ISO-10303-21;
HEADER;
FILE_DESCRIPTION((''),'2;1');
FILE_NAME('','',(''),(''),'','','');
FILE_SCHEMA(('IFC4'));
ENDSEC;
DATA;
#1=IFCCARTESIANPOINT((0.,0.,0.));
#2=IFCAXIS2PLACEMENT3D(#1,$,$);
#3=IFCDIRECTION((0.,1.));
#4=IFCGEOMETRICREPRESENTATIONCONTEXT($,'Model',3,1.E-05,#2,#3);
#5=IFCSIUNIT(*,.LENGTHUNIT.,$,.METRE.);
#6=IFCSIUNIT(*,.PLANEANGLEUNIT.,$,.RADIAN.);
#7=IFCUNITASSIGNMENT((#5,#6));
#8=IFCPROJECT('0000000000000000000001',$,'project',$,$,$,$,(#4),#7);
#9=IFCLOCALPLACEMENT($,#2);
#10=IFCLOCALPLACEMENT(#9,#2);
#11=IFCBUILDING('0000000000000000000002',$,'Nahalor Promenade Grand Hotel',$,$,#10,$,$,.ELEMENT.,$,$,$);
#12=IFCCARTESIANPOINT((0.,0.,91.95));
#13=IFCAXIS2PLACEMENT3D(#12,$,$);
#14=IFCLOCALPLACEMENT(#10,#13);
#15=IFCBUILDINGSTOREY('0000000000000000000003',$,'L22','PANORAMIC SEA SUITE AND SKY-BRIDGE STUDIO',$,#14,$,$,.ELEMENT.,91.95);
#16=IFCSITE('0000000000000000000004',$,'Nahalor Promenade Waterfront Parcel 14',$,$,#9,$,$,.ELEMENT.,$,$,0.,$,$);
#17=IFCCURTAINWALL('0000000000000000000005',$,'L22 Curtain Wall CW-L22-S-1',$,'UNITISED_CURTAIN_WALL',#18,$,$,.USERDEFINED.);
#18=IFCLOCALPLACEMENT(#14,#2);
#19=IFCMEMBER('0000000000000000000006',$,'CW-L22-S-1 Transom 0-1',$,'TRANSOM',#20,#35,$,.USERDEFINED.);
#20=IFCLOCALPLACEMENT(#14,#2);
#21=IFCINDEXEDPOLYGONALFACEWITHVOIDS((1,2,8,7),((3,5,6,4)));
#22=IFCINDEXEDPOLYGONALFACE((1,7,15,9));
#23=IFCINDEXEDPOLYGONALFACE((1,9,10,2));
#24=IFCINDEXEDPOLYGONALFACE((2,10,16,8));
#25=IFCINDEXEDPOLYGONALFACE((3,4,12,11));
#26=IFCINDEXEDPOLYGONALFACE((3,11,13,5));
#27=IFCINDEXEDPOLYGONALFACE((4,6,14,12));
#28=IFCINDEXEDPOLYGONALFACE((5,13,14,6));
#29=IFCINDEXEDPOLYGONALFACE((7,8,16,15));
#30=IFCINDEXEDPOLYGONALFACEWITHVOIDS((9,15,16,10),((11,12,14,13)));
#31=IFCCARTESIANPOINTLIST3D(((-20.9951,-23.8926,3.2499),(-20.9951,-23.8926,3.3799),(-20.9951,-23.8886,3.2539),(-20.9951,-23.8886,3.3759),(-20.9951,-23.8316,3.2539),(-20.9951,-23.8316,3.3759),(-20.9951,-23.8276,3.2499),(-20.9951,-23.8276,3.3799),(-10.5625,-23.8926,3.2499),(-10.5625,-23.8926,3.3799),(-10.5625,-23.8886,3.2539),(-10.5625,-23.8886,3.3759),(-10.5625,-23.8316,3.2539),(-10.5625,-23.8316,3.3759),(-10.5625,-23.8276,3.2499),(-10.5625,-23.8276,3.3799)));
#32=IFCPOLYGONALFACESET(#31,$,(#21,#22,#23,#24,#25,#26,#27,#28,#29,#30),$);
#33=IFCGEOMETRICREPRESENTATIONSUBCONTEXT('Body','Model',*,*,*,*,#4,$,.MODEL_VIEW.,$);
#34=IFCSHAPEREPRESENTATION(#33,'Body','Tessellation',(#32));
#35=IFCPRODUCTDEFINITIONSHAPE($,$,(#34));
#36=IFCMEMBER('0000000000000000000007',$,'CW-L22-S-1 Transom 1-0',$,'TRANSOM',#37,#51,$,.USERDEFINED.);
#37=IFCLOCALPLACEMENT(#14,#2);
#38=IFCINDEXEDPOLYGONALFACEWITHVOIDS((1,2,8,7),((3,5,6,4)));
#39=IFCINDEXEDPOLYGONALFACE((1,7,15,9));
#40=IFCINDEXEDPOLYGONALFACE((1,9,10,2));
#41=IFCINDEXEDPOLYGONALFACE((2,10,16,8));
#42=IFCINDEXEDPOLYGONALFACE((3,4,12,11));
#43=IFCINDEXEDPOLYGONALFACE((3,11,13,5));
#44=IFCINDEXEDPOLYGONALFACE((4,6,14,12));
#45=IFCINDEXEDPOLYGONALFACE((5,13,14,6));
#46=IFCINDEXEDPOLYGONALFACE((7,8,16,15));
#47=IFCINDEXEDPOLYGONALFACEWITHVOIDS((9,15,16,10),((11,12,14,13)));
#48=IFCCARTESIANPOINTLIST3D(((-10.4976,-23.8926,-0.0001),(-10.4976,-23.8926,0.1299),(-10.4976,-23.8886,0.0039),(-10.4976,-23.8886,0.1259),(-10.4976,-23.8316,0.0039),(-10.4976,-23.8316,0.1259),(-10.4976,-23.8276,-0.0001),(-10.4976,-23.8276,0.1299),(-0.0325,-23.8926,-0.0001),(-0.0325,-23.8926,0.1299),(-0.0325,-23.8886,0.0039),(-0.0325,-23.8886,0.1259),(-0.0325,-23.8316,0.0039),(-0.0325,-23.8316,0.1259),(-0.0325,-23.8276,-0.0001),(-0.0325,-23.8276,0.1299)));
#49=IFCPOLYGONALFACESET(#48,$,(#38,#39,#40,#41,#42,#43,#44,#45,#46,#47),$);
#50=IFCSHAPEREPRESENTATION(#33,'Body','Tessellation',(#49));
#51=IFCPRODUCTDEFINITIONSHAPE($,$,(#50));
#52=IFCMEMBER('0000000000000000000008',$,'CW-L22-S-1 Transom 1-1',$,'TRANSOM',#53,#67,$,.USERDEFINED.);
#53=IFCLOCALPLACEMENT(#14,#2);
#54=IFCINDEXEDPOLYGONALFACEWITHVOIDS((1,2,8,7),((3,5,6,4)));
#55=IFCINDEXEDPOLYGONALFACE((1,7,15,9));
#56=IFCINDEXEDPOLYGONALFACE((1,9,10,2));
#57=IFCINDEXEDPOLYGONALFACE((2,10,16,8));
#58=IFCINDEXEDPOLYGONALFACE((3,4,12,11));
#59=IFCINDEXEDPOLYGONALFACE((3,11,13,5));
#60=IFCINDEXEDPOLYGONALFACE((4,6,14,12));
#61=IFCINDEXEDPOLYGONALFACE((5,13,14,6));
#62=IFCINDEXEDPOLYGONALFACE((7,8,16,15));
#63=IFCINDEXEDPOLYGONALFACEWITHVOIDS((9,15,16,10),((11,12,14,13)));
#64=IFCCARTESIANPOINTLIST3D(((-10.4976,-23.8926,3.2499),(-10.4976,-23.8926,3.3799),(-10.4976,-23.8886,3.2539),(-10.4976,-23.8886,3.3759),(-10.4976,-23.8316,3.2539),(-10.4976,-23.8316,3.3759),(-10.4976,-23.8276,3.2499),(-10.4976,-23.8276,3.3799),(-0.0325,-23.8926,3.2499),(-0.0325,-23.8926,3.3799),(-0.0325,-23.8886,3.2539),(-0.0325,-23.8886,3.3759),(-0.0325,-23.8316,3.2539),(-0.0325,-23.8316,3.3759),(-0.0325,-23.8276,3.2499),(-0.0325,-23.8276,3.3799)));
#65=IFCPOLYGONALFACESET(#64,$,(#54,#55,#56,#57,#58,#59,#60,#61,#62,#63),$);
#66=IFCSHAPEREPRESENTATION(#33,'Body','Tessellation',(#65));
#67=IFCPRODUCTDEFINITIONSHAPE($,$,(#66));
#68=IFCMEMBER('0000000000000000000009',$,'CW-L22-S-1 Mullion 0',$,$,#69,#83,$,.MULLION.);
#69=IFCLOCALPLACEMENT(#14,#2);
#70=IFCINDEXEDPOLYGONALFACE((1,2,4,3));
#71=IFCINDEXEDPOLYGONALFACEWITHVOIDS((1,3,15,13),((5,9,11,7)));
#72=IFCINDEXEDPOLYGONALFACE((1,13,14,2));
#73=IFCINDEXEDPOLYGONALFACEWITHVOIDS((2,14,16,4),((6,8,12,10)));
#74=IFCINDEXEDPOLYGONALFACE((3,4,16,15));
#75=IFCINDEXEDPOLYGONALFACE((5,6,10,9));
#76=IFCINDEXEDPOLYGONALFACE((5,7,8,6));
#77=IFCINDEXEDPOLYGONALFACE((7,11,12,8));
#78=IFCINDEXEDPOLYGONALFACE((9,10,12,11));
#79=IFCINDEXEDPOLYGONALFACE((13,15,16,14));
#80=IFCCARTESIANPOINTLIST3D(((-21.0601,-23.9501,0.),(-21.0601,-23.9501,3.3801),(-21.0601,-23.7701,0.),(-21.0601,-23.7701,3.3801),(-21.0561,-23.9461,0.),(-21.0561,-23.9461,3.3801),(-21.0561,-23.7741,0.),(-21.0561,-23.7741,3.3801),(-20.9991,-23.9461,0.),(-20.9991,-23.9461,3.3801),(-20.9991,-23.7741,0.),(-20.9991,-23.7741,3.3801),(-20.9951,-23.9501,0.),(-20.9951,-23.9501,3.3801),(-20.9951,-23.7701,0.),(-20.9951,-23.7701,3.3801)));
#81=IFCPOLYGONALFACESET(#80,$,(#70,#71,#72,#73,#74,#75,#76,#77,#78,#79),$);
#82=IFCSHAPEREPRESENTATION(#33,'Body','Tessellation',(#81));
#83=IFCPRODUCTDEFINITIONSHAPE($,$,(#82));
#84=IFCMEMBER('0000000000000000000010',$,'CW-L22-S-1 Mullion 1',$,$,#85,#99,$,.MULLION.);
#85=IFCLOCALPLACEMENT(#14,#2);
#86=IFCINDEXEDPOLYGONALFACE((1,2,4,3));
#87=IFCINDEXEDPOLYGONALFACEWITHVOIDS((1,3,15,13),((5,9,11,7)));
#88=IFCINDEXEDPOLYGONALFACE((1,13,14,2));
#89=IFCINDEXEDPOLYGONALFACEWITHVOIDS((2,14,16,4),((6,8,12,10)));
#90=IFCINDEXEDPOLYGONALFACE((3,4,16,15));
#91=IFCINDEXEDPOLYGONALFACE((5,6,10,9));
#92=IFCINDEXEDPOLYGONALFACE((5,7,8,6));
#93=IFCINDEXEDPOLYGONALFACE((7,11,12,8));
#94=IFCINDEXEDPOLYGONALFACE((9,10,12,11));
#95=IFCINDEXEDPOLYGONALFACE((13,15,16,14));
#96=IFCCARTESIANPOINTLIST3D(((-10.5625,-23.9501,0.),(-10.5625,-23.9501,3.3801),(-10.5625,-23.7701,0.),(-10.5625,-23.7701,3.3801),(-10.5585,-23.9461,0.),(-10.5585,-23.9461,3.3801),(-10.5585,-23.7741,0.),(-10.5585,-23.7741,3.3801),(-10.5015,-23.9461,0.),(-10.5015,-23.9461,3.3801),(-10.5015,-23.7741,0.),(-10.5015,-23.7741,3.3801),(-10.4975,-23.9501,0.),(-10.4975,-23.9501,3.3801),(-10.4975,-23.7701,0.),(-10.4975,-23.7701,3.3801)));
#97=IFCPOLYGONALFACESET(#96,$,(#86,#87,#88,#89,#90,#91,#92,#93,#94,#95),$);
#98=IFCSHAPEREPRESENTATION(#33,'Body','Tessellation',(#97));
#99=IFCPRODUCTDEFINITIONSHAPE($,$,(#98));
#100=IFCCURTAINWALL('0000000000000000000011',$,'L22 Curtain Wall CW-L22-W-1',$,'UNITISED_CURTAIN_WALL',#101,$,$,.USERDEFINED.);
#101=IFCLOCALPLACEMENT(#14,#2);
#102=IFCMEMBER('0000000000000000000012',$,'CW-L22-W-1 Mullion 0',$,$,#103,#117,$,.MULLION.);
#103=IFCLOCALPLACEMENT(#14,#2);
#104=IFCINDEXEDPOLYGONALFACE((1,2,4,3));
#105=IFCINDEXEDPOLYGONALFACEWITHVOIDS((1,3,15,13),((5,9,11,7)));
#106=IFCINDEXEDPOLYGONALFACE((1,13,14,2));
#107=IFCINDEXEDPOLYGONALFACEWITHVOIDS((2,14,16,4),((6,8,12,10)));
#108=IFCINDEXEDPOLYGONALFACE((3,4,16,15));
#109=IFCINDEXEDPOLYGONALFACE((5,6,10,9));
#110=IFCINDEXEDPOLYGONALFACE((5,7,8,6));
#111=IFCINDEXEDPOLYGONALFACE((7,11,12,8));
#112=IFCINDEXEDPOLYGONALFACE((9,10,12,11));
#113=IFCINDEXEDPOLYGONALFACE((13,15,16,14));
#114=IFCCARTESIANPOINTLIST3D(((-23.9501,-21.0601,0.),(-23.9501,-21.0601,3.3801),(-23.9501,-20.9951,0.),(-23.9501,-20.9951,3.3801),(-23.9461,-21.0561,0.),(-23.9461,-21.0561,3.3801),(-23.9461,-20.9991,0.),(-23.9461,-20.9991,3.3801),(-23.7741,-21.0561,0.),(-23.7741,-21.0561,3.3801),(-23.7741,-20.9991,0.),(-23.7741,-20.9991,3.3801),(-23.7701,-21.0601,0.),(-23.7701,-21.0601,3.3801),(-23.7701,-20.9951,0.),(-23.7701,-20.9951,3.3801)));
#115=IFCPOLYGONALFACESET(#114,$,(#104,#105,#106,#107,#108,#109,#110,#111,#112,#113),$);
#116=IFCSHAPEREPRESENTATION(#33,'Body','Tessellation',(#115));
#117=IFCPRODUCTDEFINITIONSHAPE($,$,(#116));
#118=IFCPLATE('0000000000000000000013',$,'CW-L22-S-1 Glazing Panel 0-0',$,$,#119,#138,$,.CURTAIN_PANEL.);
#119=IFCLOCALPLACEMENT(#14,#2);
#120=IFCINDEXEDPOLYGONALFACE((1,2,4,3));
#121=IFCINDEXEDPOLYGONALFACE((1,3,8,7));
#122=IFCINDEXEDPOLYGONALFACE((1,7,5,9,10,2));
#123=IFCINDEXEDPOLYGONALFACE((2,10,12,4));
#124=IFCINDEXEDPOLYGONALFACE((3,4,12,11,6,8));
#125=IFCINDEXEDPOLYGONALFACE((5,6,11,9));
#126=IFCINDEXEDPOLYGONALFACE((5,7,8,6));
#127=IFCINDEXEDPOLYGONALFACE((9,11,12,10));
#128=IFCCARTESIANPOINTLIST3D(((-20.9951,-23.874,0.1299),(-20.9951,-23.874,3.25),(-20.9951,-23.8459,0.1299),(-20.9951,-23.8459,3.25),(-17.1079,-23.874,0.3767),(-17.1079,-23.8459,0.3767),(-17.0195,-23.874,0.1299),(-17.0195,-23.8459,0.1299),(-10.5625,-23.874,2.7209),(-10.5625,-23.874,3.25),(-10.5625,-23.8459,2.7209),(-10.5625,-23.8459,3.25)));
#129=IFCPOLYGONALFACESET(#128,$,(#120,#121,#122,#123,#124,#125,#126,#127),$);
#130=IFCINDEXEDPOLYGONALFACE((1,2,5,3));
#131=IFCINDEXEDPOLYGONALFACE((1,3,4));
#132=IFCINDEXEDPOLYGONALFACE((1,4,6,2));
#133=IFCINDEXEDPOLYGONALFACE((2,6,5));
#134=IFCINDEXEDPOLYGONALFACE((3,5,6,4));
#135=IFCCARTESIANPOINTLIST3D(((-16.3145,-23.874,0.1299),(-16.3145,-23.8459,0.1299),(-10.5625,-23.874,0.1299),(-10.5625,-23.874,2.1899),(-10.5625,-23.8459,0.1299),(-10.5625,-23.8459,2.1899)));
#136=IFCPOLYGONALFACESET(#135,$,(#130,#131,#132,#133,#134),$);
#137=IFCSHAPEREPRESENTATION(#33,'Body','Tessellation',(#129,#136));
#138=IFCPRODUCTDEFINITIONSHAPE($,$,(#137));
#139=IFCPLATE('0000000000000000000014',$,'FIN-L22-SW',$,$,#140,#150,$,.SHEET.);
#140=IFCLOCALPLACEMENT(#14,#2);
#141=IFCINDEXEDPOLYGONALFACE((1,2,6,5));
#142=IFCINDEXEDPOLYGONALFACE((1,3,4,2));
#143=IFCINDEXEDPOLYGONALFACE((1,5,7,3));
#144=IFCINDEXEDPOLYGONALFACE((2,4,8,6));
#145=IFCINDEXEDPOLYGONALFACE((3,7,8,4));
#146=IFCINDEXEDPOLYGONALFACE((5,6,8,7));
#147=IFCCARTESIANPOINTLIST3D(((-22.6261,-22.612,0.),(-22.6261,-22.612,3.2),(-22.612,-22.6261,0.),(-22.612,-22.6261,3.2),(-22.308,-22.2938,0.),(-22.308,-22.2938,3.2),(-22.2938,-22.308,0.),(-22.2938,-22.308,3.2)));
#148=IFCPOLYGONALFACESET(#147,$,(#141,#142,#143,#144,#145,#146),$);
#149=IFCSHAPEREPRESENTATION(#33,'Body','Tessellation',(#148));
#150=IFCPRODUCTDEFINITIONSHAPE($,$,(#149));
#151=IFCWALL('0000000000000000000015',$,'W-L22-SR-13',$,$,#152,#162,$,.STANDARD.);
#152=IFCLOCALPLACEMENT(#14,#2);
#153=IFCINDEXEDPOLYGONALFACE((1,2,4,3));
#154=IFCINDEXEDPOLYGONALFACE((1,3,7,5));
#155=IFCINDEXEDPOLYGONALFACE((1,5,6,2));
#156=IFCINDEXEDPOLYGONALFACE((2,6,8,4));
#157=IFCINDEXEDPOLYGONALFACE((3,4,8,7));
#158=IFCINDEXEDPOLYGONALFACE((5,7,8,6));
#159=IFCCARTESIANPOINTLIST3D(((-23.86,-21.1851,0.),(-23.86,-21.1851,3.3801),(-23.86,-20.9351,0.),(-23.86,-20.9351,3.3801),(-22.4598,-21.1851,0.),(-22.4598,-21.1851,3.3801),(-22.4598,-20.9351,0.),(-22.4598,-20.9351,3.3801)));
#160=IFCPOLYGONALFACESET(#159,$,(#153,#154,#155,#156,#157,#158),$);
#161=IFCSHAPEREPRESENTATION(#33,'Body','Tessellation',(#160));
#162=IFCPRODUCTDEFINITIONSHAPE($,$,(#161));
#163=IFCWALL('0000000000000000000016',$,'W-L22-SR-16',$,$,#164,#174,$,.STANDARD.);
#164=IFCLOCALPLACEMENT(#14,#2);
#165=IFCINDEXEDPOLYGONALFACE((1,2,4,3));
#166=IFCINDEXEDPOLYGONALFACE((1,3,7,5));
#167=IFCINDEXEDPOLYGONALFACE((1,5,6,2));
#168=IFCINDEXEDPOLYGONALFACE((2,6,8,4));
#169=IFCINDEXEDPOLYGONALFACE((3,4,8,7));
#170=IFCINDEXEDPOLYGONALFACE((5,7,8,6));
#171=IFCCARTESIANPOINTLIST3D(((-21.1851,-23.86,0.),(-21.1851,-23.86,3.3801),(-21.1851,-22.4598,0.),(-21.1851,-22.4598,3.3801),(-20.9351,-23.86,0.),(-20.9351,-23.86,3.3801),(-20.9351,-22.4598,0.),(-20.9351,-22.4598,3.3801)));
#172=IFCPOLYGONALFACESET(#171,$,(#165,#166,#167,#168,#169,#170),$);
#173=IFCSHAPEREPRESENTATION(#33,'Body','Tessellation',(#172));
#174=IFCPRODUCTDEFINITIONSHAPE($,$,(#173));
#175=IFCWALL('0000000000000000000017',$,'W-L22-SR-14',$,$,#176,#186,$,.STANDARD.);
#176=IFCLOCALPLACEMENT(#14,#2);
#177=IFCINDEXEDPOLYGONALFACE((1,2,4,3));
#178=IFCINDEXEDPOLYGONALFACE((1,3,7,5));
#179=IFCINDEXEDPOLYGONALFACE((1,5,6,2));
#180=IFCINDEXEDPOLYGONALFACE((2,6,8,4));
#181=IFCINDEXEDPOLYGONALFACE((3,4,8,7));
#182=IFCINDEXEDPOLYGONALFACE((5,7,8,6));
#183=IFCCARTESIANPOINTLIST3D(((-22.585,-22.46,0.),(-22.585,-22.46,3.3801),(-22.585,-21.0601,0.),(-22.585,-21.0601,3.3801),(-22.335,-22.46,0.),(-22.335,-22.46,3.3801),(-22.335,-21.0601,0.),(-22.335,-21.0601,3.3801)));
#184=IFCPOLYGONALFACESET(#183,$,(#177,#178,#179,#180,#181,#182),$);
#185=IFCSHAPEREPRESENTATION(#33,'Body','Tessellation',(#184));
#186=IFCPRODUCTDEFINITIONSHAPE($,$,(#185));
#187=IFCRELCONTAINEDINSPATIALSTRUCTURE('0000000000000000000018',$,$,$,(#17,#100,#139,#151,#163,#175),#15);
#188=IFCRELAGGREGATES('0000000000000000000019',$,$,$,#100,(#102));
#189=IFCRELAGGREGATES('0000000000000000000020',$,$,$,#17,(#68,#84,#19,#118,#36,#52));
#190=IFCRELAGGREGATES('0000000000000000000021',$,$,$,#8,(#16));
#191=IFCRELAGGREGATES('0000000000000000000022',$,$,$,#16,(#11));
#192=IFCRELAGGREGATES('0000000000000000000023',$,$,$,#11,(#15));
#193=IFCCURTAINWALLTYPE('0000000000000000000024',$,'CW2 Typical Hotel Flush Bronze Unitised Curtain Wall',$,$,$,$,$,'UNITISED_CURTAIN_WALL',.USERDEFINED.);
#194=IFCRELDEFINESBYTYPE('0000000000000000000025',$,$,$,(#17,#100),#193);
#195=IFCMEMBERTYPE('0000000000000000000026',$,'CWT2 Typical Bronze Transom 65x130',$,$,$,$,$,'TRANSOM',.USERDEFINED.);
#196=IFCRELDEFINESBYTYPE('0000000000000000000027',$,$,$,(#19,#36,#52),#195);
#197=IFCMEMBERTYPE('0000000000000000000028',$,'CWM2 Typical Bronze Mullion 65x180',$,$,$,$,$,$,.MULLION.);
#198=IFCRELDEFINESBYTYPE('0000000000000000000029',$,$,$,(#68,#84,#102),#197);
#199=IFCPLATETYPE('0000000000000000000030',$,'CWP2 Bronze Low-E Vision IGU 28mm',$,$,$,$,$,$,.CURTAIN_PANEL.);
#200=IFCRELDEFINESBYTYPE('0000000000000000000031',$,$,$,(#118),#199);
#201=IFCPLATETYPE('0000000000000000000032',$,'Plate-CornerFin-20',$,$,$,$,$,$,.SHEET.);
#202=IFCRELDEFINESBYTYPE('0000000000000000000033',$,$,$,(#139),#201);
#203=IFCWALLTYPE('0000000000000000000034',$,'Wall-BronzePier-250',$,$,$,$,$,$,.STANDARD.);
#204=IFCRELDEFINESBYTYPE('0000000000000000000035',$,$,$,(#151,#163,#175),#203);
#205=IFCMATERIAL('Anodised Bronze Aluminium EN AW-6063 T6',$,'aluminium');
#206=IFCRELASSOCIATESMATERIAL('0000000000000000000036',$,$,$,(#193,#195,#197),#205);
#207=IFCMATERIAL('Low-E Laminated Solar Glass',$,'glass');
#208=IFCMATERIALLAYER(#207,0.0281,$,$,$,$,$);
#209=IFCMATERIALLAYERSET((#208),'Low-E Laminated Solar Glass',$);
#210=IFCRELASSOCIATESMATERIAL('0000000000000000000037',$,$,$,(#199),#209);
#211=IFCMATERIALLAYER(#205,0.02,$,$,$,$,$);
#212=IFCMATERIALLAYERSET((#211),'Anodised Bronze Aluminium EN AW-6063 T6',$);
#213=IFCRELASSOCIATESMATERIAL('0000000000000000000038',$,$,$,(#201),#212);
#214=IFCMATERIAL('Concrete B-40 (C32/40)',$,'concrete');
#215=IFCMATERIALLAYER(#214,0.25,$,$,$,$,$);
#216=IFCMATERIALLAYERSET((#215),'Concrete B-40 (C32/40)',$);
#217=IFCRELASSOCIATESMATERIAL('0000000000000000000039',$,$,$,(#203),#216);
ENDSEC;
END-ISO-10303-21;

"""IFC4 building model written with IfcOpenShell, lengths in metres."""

from ifc_helpers import new_model, si_unit, direction, frame, frame_2d, origin, origin_2d, place, context, subcontext, project, spatial, polyline, rectangle, hollow_rectangle, outline, extrude, source, transform, mapped, material, layer, layer_set, material_profile, profile_set, type_object, element, aggregate, save


model = new_model("IFC4")

# Units and contexts
model_context = context("Model", 3, precision=1e-05, world=origin(), true_north=direction((0.0, 1.0)))
body_context = subcontext(model_context, "Body", "Model", "MODEL_VIEW")
ifc_project = project(units=[si_unit("LENGTHUNIT", "METRE"), si_unit("PLANEANGLEUNIT", "RADIAN")], contexts=[model_context])

# Site, building, storey
site_placement = place(None, origin())
site = spatial("IfcSite", under=ifc_project, at=site_placement, Name="Nahalor Promenade Waterfront Parcel 14", CompositionType="ELEMENT", RefElevation=0.0)
building_placement = place(site_placement, origin())
building = spatial("IfcBuilding", under=site, at=building_placement, Name="Nahalor Promenade Grand Hotel", CompositionType="ELEMENT")
storey_placement = place(building_placement, frame((0.0, 0.0, 91.95)))
storey = spatial("IfcBuildingStorey", under=building, at=storey_placement, Name="L22", Description="PANORAMIC SEA SUITE AND SKY-BRIDGE STUDIO", CompositionType="ELEMENT", Elevation=91.95)

# Curtain wall, members
ifc_material_1 = material(Name="Anodised Bronze Aluminium EN AW-6063 T6", Category="aluminium")
curtain_wall_type = type_object("IfcCurtainWallType", Name="CW2 Typical Hotel Flush Bronze Unitised Curtain Wall", ElementType="UNITISED_CURTAIN_WALL", PredefinedType="USERDEFINED", material=ifc_material_1)
curtain_wall_1_placement = place(storey_placement, origin())
curtain_wall_1 = element("IfcCurtainWall", 1, at=curtain_wall_1_placement, inside=storey, type_object=curtain_wall_type, Name="L22 Curtain Wall CW-L22-S-1", ObjectType="UNITISED_CURTAIN_WALL", PredefinedType="USERDEFINED")
ifc_material_profile_1 = material_profile(ifc_material_1, hollow_rectangle(XDim=0.065, YDim=0.13, WallThickness=0.004, at=origin_2d()), Name="CWT 65x130x4")
ifc_profile_set_1 = profile_set([ifc_material_profile_1], Name="Anodised Bronze Aluminium EN AW-6063 T6")
member_type_1 = type_object("IfcMemberType", Name="CWT2 Typical Bronze Transom 65x130", ElementType="TRANSOM", PredefinedType="USERDEFINED", material=ifc_profile_set_1)
shared_shape_1 = source(origin(), body_context, "Body", "SweptSolid", [
    extrude(hollow_rectangle(XDim=0.065, YDim=0.13, WallThickness=0.004, at=origin_2d()), origin(), (0.0, 0.0, 1.0), 10.4326),
])
member_1_placement = place(storey_placement, frame((-20.9951, -23.8601, 3.3149), z_axis=(1.0, 0.0, 0.0), x_axis=(0.0, 1.0, 0.0)))
member_1 = element("IfcMember", 2, at=member_1_placement, type_object=member_type_1, Name="CW-L22-S-1 Transom 0-1", ObjectType="TRANSOM", PredefinedType="USERDEFINED", context=body_context, shape_type="MappedRepresentation", body=[
    mapped(shared_shape_1, transform((0.0, 0.0, 0.0), scale=1.0)),
])
shared_shape_2 = source(origin(), body_context, "Body", "SweptSolid", [
    extrude(hollow_rectangle(XDim=0.065, YDim=0.13, WallThickness=0.004, at=origin_2d()), origin(), (0.0, 0.0, 1.0), 10.4651),
])
member_2_placement = place(storey_placement, frame((-10.4976, -23.8601, 0.0649), z_axis=(1.0, 0.0, 0.0), x_axis=(0.0, 1.0, 0.0)))
member_2 = element("IfcMember", 3, at=member_2_placement, type_object=member_type_1, Name="CW-L22-S-1 Transom 1-0", ObjectType="TRANSOM", PredefinedType="USERDEFINED", context=body_context, shape_type="MappedRepresentation", body=[
    mapped(shared_shape_2, transform((0.0, 0.0, 0.0), scale=1.0)),
])
member_3_placement = place(storey_placement, frame((-10.4976, -23.8601, 3.3149), z_axis=(1.0, 0.0, 0.0), x_axis=(0.0, 1.0, 0.0)))
member_3 = element("IfcMember", 4, at=member_3_placement, type_object=member_type_1, Name="CW-L22-S-1 Transom 1-1", ObjectType="TRANSOM", PredefinedType="USERDEFINED", context=body_context, shape_type="MappedRepresentation", body=[
    mapped(shared_shape_2, transform((0.0, 0.0, 0.0), scale=1.0)),
])
ifc_material_profile_2 = material_profile(ifc_material_1, hollow_rectangle(XDim=0.065, YDim=0.18, WallThickness=0.004, at=origin_2d()), Name="CWM 65x180x4")
ifc_profile_set_2 = profile_set([ifc_material_profile_2], Name="Anodised Bronze Aluminium EN AW-6063 T6")
member_type_2 = type_object("IfcMemberType", Name="CWM2 Typical Bronze Mullion 65x180", PredefinedType="MULLION", material=ifc_profile_set_2)
shared_shape_3 = source(origin(), body_context, "Body", "SweptSolid", [
    extrude(hollow_rectangle(XDim=0.065, YDim=0.18, WallThickness=0.004, at=origin_2d()), origin(), (0.0, 0.0, 1.0), 3.3801),
])
member_4_placement = place(storey_placement, frame((-21.0276, -23.8601, 0.0), z_axis=(0.0, 0.0, 1.0), x_axis=(1.0, 0.0, 0.0)))
member_4 = element("IfcMember", 5, at=member_4_placement, type_object=member_type_2, Name="CW-L22-S-1 Mullion 0", PredefinedType="MULLION", context=body_context, shape_type="MappedRepresentation", body=[
    mapped(shared_shape_3, transform((0.0, 0.0, 0.0), scale=1.0)),
])
member_5_placement = place(storey_placement, frame((-10.53, -23.8601, 0.0), z_axis=(0.0, 0.0, 1.0), x_axis=(1.0, 0.0, 0.0)))
member_5 = element("IfcMember", 6, at=member_5_placement, type_object=member_type_2, Name="CW-L22-S-1 Mullion 1", PredefinedType="MULLION", context=body_context, shape_type="MappedRepresentation", body=[
    mapped(shared_shape_3, transform((0.0, 0.0, 0.0), scale=1.0)),
])

# Curtain wall, member
curtain_wall_2_placement = place(storey_placement, origin())
curtain_wall_2 = element("IfcCurtainWall", 7, at=curtain_wall_2_placement, inside=storey, type_object=curtain_wall_type, Name="L22 Curtain Wall CW-L22-W-1", ObjectType="UNITISED_CURTAIN_WALL", PredefinedType="USERDEFINED")
member_6_placement = place(storey_placement, frame((-23.8601, -21.0276, 0.0), z_axis=(0.0, 0.0, 1.0), x_axis=(0.0, 1.0, 0.0)))
member_6 = element("IfcMember", 8, at=member_6_placement, type_object=member_type_2, Name="CW-L22-W-1 Mullion 0", PredefinedType="MULLION", context=body_context, shape_type="MappedRepresentation", body=[
    mapped(shared_shape_3, transform((0.0, 0.0, 0.0), scale=1.0)),
])
aggregate(curtain_wall_2, [member_6])

# Plates
ifc_material_2 = material(Name="Low-E Laminated Solar Glass", Category="glass")
ifc_layer_1 = layer(ifc_material_2, 0.0281)
ifc_layer_set_1 = layer_set([ifc_layer_1], Name="Low-E Laminated Solar Glass")
plate_type_1 = type_object("IfcPlateType", Name="CWP2 Bronze Low-E Vision IGU 28mm", PredefinedType="CURTAIN_PANEL", material=ifc_layer_set_1)
plate_1_placement = place(storey_placement, frame((-15.7788, -23.8601, 0.1299), z_axis=(0.0, 0.0, 1.0), x_axis=(1.0, 0.0, 0.0)))
plate_1 = element("IfcPlate", 9, at=plate_1_placement, type_object=plate_type_1, Name="CW-L22-S-1 Glazing Panel 0-0", PredefinedType="CURTAIN_PANEL", context=body_context, shape_type="SweptSolid", body=[
    extrude(outline(polyline([(-5.2163, 3.1201), (-5.2163, 0.0), (-1.2407, 0.0), (-1.3291, 0.2468), (5.2163, 2.5911), (5.2163, 3.1201), (-5.2163, 3.1201)])), frame((0.0, 0.0142, 0.0), z_axis=(0.0, -1.0, 0.0), x_axis=(1.0, 0.0, 0.0)), (0.0, 0.0, 1.0), 0.0281),
    extrude(outline(polyline([(-0.5356, 0.0), (5.2163, 0.0), (5.2163, 2.0601), (-0.5356, 0.0)])), frame((0.0, 0.0142, 0.0), z_axis=(0.0, -1.0, 0.0), x_axis=(1.0, 0.0, 0.0)), (0.0, 0.0, 1.0), 0.0281),
])
aggregate(curtain_wall_1, [member_4, member_5, member_1, plate_1, member_2, member_3])
ifc_layer_2 = layer(ifc_material_1, 0.02)
ifc_layer_set_2 = layer_set([ifc_layer_2], Name="Anodised Bronze Aluminium EN AW-6063 T6")
plate_type_2 = type_object("IfcPlateType", Name="Plate-CornerFin-20", PredefinedType="SHEET", material=ifc_layer_set_2)
shared_shape_4 = source(origin(), body_context, "Body", "SweptSolid", [
    extrude(rectangle(XDim=0.45, YDim=0.02, at=origin_2d()), origin(), (0.0, 0.0, 1.0), 3.2),
])
plate_2_placement = place(storey_placement, frame((-22.46, -22.46, 0.0), z_axis=(0.0, 0.0, 1.0), x_axis=(0.707107, 0.707107, 0.0)))
element("IfcPlate", 10, at=plate_2_placement, inside=storey, type_object=plate_type_2, Name="FIN-L22-SW", PredefinedType="SHEET", context=body_context, shape_type="MappedRepresentation", body=[
    mapped(shared_shape_4, transform((0.0, 0.0, 0.0), scale=1.0)),
])

# Walls
ifc_material_3 = material(Name="Concrete B-40 (C32/40)", Category="concrete")
ifc_layer_3 = layer(ifc_material_3, 0.25)
ifc_layer_set_3 = layer_set([ifc_layer_3], Name="Concrete B-40 (C32/40)")
wall_type_1 = type_object("IfcWallType", Name="Wall-BronzePier-250", PredefinedType="STANDARD", material=ifc_layer_set_3)
shared_shape_5 = source(origin(), body_context, "Body", "SweptSolid", [
    extrude(rectangle(XDim=1.4001, YDim=0.25, at=frame_2d((0.7002, 0.0))), origin(), (0.0, 0.0, 1.0), 3.3801),
])
for number, where, z_axis, x_axis, name in (
    (11, (-23.8601, -21.0601, 0.0), (0.0, 0.0, 1.0), (1.0, 0.0, 0.0), "W-L22-SR-13"),
    (12, (-21.0601, -23.8601, 0.0), (0.0, 0.0, 1.0), (0.0, 1.0, 0.0), "W-L22-SR-16"),
):
    element("IfcWall", number, at=place(storey_placement, frame(where, z_axis=z_axis, x_axis=x_axis)), inside=storey, type_object=wall_type_1, Name=name, PredefinedType="STANDARD", context=body_context, shape_type="MappedRepresentation", body=[
        mapped(shared_shape_5, transform((0.0, 0.0, 0.0), scale=1.0)),
    ])
shared_shape_6 = source(origin(), body_context, "Body", "SweptSolid", [
    extrude(rectangle(XDim=1.3999, YDim=0.25, at=frame_2d((0.7, 0.0))), origin(), (0.0, 0.0, 1.0), 3.3801),
])
for number, where, z_axis, x_axis, name in (
    (13, (-22.46, -22.46, 0.0), (0.0, 0.0, 1.0), (0.0, 1.0, 0.0), "W-L22-SR-14"),
):
    element("IfcWall", number, at=place(storey_placement, frame(where, z_axis=z_axis, x_axis=x_axis)), inside=storey, type_object=wall_type_1, Name=name, PredefinedType="STANDARD", context=body_context, shape_type="MappedRepresentation", body=[
        mapped(shared_shape_6, transform((0.0, 0.0, 0.0), scale=1.0)),
    ])

save(model, "model.ifc")
